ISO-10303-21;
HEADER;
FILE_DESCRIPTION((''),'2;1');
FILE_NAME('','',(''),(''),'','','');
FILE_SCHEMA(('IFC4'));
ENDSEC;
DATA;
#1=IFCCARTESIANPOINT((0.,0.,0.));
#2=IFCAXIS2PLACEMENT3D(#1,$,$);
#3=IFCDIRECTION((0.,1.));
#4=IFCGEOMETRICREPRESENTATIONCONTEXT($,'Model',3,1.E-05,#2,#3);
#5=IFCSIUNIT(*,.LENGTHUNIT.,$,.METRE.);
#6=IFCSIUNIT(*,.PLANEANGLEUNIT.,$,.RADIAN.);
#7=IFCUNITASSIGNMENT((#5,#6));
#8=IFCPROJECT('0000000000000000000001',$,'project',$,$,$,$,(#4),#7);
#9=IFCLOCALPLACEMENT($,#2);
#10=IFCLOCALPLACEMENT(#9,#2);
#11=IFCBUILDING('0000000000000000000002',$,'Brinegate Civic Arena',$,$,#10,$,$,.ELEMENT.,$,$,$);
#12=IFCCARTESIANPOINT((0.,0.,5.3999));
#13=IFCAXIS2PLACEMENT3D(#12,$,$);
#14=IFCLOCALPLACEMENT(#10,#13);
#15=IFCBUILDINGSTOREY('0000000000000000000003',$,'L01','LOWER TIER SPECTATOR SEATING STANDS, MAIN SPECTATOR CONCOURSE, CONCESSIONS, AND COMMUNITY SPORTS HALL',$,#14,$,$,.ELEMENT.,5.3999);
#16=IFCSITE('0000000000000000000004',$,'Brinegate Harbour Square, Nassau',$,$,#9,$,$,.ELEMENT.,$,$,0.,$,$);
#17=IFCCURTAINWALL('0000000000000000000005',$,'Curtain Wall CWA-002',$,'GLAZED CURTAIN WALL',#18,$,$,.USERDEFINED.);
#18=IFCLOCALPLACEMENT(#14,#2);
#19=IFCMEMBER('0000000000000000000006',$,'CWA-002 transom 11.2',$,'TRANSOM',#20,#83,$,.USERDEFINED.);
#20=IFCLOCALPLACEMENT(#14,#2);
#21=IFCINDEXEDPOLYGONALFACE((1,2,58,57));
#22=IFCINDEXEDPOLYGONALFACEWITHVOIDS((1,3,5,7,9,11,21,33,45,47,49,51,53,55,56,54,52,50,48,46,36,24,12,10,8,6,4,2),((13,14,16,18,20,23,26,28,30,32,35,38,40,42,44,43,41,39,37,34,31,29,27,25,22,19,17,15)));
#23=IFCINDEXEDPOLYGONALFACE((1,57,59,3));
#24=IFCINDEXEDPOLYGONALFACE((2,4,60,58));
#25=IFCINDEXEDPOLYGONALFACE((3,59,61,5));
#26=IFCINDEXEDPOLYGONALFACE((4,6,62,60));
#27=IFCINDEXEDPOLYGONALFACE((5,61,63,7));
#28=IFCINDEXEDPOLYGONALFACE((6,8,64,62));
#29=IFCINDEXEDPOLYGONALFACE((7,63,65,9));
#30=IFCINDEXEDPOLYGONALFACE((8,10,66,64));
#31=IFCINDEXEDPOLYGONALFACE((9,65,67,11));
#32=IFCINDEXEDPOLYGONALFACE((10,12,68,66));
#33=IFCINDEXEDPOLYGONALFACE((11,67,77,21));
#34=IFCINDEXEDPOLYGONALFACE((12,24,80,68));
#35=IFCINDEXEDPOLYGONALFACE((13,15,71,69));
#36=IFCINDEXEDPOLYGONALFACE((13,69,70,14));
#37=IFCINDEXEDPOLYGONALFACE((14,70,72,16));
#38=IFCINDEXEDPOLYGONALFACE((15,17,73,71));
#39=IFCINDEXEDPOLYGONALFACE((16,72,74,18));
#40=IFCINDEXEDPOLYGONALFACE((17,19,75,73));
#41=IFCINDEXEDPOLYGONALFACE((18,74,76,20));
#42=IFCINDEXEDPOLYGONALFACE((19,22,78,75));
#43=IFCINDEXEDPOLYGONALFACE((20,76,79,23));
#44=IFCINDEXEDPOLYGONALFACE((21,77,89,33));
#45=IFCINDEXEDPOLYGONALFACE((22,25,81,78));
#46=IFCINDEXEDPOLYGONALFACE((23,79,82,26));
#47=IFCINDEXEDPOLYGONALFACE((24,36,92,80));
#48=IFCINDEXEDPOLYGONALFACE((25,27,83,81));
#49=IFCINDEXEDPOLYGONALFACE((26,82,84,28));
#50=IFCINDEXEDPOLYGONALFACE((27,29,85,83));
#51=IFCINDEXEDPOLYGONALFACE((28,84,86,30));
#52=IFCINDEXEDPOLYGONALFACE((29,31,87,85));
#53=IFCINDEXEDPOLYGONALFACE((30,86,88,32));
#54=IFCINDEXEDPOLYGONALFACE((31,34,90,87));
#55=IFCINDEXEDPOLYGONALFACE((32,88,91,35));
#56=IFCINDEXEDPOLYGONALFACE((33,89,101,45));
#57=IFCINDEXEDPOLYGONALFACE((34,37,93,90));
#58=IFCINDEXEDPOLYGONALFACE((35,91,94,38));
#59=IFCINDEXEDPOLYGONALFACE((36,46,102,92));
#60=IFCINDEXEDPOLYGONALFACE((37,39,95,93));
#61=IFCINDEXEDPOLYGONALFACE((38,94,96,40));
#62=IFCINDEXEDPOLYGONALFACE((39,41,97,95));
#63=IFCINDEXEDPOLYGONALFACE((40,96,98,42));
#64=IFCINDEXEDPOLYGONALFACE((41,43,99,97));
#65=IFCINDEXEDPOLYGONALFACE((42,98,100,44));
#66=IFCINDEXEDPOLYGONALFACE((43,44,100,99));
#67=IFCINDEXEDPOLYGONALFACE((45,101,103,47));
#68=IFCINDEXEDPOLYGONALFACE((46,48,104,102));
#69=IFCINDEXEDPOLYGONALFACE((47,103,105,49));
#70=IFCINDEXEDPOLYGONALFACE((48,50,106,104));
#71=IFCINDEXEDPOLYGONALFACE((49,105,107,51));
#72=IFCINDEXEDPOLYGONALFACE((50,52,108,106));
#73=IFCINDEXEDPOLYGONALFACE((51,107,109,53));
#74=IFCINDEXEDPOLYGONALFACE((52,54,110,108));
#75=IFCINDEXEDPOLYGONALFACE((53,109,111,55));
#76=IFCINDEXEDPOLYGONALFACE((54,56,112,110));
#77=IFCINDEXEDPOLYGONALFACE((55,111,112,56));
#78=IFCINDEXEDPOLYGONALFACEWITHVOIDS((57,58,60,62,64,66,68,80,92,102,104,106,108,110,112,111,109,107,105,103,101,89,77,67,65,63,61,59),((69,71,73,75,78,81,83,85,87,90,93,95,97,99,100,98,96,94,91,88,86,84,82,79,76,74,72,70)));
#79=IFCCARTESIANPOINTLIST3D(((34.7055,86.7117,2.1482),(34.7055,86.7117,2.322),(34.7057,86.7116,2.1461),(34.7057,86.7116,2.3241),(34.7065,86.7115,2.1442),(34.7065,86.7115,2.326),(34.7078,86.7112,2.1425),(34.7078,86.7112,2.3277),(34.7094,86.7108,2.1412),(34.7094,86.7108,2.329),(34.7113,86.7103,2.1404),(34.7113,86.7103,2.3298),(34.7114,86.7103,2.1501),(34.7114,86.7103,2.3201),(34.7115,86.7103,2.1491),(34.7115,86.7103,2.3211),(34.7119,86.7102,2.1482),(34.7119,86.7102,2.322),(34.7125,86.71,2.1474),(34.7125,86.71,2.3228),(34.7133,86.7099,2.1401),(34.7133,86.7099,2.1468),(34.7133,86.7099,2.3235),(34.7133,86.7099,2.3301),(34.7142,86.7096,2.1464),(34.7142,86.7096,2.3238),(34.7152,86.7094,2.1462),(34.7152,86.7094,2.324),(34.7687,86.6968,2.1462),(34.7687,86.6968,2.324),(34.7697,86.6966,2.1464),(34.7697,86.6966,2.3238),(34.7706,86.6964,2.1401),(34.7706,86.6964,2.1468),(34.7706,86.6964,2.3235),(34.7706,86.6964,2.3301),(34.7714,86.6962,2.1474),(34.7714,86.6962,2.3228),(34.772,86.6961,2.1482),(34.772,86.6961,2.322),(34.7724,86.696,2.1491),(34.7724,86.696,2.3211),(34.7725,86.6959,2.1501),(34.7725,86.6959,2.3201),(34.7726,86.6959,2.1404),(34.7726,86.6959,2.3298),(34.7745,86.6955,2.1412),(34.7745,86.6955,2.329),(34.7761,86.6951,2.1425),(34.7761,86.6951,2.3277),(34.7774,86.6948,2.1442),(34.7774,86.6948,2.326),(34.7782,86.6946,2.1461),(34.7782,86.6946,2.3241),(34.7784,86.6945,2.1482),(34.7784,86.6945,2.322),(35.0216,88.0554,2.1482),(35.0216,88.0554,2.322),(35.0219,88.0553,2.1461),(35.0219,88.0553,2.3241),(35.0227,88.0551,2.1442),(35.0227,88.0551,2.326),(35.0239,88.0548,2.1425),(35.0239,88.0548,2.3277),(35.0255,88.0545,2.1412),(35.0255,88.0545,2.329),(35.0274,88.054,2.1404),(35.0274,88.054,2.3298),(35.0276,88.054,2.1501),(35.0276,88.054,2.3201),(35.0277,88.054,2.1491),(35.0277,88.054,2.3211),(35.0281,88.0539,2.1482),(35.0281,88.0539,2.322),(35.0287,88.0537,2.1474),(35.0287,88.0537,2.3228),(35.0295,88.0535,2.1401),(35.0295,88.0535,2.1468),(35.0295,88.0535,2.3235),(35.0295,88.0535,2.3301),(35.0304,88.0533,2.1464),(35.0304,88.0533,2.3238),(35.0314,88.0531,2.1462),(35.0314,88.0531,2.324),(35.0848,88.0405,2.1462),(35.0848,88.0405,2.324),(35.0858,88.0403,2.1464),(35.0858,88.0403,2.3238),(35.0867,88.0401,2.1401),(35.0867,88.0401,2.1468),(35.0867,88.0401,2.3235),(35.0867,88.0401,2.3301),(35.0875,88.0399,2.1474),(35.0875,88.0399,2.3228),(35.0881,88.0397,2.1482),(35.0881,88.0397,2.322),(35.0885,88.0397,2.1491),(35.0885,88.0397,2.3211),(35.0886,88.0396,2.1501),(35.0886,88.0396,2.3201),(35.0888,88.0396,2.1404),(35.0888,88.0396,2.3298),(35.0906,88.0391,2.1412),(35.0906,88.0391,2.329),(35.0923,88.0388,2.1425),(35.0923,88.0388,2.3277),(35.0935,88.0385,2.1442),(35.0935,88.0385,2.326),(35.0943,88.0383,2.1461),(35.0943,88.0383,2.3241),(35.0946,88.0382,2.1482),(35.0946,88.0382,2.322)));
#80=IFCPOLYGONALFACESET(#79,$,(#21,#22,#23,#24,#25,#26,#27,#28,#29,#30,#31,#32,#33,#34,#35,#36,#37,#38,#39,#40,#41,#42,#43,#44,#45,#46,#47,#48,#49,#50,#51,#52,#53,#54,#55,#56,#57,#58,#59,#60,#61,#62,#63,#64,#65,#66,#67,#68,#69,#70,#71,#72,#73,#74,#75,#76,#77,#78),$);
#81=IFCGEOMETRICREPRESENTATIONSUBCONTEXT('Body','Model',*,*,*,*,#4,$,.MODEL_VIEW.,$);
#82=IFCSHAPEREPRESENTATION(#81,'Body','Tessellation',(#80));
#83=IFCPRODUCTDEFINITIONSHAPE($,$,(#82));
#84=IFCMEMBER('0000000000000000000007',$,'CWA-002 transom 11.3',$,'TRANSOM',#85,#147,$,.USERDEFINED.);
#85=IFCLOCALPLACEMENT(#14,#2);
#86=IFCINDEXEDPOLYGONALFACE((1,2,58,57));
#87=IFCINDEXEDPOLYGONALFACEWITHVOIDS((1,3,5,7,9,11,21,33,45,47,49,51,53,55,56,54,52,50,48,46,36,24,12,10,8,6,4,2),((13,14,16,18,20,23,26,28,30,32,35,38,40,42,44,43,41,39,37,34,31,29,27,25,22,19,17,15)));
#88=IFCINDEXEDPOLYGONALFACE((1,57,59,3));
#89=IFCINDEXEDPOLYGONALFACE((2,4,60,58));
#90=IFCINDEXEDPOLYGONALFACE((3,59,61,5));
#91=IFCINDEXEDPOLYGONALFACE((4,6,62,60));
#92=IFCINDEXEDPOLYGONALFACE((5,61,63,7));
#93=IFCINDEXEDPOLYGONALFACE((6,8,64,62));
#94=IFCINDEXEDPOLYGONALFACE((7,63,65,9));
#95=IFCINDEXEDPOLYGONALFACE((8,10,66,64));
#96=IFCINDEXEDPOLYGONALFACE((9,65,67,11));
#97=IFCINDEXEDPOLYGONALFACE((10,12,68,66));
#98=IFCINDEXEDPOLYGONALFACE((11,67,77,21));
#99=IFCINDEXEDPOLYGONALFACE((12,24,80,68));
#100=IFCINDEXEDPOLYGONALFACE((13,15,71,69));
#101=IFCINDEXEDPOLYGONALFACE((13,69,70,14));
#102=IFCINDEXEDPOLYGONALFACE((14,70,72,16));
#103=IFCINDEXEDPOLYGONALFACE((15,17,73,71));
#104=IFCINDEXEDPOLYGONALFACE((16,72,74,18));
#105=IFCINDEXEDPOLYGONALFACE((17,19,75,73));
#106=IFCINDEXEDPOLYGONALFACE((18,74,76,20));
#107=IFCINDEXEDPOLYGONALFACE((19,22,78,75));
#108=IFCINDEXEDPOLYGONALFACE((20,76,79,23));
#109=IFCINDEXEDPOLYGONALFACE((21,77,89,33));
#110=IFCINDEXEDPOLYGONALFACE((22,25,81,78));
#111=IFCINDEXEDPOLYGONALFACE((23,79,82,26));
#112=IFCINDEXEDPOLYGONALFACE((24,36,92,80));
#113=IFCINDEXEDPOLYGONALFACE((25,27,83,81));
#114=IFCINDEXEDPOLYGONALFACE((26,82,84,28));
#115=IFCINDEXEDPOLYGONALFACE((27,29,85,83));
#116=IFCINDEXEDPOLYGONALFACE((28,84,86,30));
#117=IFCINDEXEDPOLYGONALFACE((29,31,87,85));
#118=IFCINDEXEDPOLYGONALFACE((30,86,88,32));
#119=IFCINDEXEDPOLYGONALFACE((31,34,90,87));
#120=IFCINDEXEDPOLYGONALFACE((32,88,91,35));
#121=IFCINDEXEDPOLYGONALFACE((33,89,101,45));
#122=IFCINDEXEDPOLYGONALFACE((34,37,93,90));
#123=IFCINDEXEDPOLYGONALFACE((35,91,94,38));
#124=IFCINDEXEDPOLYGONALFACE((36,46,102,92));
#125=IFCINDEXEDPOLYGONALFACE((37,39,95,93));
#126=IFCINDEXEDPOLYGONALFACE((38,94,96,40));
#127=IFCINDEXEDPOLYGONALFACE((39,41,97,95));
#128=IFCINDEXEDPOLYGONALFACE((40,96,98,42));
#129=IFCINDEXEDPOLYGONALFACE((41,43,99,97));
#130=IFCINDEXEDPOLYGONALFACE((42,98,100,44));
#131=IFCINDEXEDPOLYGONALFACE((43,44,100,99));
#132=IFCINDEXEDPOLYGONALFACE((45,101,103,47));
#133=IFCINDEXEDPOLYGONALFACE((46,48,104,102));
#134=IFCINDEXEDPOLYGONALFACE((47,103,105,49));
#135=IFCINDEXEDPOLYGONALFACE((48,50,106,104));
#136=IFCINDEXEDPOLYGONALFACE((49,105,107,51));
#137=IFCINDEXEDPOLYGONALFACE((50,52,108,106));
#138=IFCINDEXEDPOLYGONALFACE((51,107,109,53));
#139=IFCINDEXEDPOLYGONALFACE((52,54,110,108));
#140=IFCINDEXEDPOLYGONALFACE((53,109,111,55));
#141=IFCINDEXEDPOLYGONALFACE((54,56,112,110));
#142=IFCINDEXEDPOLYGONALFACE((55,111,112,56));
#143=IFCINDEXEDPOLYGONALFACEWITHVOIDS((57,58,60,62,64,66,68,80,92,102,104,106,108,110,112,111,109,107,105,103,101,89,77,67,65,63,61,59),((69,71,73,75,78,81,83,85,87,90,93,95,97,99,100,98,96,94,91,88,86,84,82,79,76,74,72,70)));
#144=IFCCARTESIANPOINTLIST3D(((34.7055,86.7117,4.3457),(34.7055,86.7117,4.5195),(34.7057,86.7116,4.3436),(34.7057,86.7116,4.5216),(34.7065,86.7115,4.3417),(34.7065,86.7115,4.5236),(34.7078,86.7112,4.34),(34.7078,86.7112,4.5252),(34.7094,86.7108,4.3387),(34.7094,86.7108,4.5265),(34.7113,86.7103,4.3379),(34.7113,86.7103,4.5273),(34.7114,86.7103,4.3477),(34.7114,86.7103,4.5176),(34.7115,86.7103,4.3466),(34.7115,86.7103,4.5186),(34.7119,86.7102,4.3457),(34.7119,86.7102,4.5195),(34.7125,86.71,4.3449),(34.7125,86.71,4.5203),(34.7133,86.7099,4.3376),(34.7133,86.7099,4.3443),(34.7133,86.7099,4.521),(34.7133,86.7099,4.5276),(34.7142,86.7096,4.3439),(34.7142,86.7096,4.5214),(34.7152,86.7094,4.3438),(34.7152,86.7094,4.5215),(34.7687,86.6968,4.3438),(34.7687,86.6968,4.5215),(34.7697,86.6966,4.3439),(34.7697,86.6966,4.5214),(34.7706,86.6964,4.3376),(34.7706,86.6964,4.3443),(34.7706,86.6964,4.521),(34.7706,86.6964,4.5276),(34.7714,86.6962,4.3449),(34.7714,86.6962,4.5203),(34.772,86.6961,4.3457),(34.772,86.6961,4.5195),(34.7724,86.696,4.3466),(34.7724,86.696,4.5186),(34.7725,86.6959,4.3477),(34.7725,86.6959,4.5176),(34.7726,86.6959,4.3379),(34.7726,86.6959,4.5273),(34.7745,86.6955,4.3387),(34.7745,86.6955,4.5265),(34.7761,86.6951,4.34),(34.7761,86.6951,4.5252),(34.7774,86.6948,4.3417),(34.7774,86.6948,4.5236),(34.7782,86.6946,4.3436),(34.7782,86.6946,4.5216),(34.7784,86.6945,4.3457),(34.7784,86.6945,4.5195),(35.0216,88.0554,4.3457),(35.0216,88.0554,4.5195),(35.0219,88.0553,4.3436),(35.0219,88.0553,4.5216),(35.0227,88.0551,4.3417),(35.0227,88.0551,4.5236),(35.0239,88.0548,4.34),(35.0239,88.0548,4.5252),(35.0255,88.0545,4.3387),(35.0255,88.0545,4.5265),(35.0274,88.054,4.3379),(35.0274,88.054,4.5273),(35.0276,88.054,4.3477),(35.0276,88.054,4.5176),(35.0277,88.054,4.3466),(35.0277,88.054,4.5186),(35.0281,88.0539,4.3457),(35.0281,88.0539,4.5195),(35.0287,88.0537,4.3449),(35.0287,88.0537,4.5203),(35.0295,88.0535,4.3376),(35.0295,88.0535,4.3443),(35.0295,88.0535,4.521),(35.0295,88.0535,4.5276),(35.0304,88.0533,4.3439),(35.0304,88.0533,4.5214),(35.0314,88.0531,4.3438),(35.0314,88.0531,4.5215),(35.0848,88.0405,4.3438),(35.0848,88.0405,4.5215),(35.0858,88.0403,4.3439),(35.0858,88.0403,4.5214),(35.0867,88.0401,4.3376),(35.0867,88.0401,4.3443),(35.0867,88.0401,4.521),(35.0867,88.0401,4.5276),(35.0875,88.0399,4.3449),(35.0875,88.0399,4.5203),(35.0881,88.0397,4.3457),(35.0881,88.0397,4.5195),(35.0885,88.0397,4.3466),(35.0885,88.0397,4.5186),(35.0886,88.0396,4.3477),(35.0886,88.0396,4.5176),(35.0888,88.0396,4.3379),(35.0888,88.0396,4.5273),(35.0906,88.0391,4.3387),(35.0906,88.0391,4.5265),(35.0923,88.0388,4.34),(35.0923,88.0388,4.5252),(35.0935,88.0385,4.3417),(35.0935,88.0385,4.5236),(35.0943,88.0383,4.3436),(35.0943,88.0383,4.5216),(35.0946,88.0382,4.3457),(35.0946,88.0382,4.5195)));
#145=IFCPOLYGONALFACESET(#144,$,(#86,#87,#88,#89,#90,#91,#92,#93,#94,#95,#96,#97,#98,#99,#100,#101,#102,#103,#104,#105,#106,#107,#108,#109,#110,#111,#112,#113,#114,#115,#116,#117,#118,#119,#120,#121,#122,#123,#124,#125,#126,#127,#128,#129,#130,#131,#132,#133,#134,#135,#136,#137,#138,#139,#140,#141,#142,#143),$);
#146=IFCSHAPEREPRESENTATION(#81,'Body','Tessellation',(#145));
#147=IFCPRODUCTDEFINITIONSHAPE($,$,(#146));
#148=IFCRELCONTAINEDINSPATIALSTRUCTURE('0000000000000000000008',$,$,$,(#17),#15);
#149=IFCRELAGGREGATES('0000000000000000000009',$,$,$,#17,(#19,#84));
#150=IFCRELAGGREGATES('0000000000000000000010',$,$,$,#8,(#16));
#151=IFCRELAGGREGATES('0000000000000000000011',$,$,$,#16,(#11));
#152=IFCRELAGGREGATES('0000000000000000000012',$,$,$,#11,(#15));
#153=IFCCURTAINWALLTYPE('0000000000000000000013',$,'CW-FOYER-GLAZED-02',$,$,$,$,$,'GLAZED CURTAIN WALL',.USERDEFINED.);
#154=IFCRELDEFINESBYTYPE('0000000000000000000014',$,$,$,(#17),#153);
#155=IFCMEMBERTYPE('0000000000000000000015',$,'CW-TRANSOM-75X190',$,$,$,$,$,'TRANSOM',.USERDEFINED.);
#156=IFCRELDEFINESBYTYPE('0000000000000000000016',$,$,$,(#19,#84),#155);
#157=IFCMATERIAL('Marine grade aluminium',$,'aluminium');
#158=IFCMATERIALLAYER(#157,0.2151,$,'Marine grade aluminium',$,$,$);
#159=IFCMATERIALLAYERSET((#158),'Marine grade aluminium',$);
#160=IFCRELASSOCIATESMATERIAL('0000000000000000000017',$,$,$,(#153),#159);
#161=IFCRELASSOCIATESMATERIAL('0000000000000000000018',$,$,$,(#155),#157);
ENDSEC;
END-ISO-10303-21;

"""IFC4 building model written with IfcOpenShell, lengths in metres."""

from ifc_helpers import new_model, si_unit, direction, frame, origin, origin_2d, place, context, subcontext, project, spatial, hollow_rectangle, extrude, material, layer, layer_set, material_profile, profile_set, type_object, element, aggregate, save


model = new_model("IFC4")

# Units and contexts
model_context = context("Model", 3, precision=1e-05, world=origin(), true_north=direction((0.0, 1.0)))
body_context = subcontext(model_context, "Body", "Model", "MODEL_VIEW")
ifc_project = project(units=[si_unit("LENGTHUNIT", "METRE"), si_unit("PLANEANGLEUNIT", "RADIAN")], contexts=[model_context])

# Site, building, storey
site_placement = place(None, origin())
site = spatial("IfcSite", under=ifc_project, at=site_placement, Name="Brinegate Harbour Square, Nassau", CompositionType="ELEMENT", RefElevation=0.0)
building_placement = place(site_placement, origin())
building = spatial("IfcBuilding", under=site, at=building_placement, Name="Brinegate Civic Arena", CompositionType="ELEMENT")
storey_placement = place(building_placement, frame((0.0, 0.0, 5.3999)))
storey = spatial("IfcBuildingStorey", under=building, at=storey_placement, Name="L01", Description="LOWER TIER SPECTATOR SEATING STANDS, MAIN SPECTATOR CONCOURSE, CONCESSIONS, AND COMMUNITY SPORTS HALL", CompositionType="ELEMENT", Elevation=5.3999)

# Curtain wall, members
ifc_material_1 = material(Name="Marine grade aluminium", Category="aluminium")
ifc_layer_1 = layer(ifc_material_1, 0.2151, Name="Marine grade aluminium")
ifc_layer_set_1 = layer_set([ifc_layer_1], Name="Marine grade aluminium")
curtain_wall_type = type_object("IfcCurtainWallType", Name="CW-FOYER-GLAZED-02", ElementType="GLAZED CURTAIN WALL", PredefinedType="USERDEFINED", material=ifc_layer_set_1)
curtain_wall_placement = place(storey_placement, origin())
curtain_wall = element("IfcCurtainWall", 1, at=curtain_wall_placement, inside=storey, type_object=curtain_wall_type, Name="Curtain Wall CWA-002", ObjectType="GLAZED CURTAIN WALL", PredefinedType="USERDEFINED")
ifc_material_profile_1 = material_profile(ifc_material_1, hollow_rectangle(XDim=0.075, YDim=0.1899, WallThickness=0.0061, InnerFilletRadius=0.0039, OuterFilletRadius=0.0081, at=origin_2d()), Name="TRN75X190")
ifc_profile_set_1 = profile_set([ifc_material_profile_1], Name="Marine grade aluminium")
member_type_1 = type_object("IfcMemberType", Name="CW-TRANSOM-75X190", ElementType="TRANSOM", PredefinedType="USERDEFINED", material=ifc_profile_set_1)
member_1_placement = place(storey_placement, frame((34.7419, 86.7031, 2.2351), z_axis=(0.229029, 0.973419, 0.0), x_axis=(-0.973419, 0.229029, 0.0)))
member_1 = element("IfcMember", 2, at=member_1_placement, type_object=member_type_1, Name="CWA-002 transom 11.2", ObjectType="TRANSOM", PredefinedType="USERDEFINED", context=body_context, shape_type="SweptSolid", body=[
    extrude(hollow_rectangle(XDim=0.075, YDim=0.1899, WallThickness=0.0061, InnerFilletRadius=0.0039, OuterFilletRadius=0.0081, at=origin_2d()), origin(), (0.0, 0.0, 1.0), 1.3804),
])
member_2_placement = place(storey_placement, frame((34.7419, 86.7031, 4.4326), z_axis=(0.229029, 0.973419, 0.0), x_axis=(-0.973419, 0.229029, 0.0)))
member_2 = element("IfcMember", 3, at=member_2_placement, type_object=member_type_1, Name="CWA-002 transom 11.3", ObjectType="TRANSOM", PredefinedType="USERDEFINED", context=body_context, shape_type="SweptSolid", body=[
    extrude(hollow_rectangle(XDim=0.075, YDim=0.1899, WallThickness=0.0061, InnerFilletRadius=0.0039, OuterFilletRadius=0.0081, at=origin_2d()), origin(), (0.0, 0.0, 1.0), 1.3804),
])
aggregate(curtain_wall, [member_1, member_2])

save(model, "model.ifc")
